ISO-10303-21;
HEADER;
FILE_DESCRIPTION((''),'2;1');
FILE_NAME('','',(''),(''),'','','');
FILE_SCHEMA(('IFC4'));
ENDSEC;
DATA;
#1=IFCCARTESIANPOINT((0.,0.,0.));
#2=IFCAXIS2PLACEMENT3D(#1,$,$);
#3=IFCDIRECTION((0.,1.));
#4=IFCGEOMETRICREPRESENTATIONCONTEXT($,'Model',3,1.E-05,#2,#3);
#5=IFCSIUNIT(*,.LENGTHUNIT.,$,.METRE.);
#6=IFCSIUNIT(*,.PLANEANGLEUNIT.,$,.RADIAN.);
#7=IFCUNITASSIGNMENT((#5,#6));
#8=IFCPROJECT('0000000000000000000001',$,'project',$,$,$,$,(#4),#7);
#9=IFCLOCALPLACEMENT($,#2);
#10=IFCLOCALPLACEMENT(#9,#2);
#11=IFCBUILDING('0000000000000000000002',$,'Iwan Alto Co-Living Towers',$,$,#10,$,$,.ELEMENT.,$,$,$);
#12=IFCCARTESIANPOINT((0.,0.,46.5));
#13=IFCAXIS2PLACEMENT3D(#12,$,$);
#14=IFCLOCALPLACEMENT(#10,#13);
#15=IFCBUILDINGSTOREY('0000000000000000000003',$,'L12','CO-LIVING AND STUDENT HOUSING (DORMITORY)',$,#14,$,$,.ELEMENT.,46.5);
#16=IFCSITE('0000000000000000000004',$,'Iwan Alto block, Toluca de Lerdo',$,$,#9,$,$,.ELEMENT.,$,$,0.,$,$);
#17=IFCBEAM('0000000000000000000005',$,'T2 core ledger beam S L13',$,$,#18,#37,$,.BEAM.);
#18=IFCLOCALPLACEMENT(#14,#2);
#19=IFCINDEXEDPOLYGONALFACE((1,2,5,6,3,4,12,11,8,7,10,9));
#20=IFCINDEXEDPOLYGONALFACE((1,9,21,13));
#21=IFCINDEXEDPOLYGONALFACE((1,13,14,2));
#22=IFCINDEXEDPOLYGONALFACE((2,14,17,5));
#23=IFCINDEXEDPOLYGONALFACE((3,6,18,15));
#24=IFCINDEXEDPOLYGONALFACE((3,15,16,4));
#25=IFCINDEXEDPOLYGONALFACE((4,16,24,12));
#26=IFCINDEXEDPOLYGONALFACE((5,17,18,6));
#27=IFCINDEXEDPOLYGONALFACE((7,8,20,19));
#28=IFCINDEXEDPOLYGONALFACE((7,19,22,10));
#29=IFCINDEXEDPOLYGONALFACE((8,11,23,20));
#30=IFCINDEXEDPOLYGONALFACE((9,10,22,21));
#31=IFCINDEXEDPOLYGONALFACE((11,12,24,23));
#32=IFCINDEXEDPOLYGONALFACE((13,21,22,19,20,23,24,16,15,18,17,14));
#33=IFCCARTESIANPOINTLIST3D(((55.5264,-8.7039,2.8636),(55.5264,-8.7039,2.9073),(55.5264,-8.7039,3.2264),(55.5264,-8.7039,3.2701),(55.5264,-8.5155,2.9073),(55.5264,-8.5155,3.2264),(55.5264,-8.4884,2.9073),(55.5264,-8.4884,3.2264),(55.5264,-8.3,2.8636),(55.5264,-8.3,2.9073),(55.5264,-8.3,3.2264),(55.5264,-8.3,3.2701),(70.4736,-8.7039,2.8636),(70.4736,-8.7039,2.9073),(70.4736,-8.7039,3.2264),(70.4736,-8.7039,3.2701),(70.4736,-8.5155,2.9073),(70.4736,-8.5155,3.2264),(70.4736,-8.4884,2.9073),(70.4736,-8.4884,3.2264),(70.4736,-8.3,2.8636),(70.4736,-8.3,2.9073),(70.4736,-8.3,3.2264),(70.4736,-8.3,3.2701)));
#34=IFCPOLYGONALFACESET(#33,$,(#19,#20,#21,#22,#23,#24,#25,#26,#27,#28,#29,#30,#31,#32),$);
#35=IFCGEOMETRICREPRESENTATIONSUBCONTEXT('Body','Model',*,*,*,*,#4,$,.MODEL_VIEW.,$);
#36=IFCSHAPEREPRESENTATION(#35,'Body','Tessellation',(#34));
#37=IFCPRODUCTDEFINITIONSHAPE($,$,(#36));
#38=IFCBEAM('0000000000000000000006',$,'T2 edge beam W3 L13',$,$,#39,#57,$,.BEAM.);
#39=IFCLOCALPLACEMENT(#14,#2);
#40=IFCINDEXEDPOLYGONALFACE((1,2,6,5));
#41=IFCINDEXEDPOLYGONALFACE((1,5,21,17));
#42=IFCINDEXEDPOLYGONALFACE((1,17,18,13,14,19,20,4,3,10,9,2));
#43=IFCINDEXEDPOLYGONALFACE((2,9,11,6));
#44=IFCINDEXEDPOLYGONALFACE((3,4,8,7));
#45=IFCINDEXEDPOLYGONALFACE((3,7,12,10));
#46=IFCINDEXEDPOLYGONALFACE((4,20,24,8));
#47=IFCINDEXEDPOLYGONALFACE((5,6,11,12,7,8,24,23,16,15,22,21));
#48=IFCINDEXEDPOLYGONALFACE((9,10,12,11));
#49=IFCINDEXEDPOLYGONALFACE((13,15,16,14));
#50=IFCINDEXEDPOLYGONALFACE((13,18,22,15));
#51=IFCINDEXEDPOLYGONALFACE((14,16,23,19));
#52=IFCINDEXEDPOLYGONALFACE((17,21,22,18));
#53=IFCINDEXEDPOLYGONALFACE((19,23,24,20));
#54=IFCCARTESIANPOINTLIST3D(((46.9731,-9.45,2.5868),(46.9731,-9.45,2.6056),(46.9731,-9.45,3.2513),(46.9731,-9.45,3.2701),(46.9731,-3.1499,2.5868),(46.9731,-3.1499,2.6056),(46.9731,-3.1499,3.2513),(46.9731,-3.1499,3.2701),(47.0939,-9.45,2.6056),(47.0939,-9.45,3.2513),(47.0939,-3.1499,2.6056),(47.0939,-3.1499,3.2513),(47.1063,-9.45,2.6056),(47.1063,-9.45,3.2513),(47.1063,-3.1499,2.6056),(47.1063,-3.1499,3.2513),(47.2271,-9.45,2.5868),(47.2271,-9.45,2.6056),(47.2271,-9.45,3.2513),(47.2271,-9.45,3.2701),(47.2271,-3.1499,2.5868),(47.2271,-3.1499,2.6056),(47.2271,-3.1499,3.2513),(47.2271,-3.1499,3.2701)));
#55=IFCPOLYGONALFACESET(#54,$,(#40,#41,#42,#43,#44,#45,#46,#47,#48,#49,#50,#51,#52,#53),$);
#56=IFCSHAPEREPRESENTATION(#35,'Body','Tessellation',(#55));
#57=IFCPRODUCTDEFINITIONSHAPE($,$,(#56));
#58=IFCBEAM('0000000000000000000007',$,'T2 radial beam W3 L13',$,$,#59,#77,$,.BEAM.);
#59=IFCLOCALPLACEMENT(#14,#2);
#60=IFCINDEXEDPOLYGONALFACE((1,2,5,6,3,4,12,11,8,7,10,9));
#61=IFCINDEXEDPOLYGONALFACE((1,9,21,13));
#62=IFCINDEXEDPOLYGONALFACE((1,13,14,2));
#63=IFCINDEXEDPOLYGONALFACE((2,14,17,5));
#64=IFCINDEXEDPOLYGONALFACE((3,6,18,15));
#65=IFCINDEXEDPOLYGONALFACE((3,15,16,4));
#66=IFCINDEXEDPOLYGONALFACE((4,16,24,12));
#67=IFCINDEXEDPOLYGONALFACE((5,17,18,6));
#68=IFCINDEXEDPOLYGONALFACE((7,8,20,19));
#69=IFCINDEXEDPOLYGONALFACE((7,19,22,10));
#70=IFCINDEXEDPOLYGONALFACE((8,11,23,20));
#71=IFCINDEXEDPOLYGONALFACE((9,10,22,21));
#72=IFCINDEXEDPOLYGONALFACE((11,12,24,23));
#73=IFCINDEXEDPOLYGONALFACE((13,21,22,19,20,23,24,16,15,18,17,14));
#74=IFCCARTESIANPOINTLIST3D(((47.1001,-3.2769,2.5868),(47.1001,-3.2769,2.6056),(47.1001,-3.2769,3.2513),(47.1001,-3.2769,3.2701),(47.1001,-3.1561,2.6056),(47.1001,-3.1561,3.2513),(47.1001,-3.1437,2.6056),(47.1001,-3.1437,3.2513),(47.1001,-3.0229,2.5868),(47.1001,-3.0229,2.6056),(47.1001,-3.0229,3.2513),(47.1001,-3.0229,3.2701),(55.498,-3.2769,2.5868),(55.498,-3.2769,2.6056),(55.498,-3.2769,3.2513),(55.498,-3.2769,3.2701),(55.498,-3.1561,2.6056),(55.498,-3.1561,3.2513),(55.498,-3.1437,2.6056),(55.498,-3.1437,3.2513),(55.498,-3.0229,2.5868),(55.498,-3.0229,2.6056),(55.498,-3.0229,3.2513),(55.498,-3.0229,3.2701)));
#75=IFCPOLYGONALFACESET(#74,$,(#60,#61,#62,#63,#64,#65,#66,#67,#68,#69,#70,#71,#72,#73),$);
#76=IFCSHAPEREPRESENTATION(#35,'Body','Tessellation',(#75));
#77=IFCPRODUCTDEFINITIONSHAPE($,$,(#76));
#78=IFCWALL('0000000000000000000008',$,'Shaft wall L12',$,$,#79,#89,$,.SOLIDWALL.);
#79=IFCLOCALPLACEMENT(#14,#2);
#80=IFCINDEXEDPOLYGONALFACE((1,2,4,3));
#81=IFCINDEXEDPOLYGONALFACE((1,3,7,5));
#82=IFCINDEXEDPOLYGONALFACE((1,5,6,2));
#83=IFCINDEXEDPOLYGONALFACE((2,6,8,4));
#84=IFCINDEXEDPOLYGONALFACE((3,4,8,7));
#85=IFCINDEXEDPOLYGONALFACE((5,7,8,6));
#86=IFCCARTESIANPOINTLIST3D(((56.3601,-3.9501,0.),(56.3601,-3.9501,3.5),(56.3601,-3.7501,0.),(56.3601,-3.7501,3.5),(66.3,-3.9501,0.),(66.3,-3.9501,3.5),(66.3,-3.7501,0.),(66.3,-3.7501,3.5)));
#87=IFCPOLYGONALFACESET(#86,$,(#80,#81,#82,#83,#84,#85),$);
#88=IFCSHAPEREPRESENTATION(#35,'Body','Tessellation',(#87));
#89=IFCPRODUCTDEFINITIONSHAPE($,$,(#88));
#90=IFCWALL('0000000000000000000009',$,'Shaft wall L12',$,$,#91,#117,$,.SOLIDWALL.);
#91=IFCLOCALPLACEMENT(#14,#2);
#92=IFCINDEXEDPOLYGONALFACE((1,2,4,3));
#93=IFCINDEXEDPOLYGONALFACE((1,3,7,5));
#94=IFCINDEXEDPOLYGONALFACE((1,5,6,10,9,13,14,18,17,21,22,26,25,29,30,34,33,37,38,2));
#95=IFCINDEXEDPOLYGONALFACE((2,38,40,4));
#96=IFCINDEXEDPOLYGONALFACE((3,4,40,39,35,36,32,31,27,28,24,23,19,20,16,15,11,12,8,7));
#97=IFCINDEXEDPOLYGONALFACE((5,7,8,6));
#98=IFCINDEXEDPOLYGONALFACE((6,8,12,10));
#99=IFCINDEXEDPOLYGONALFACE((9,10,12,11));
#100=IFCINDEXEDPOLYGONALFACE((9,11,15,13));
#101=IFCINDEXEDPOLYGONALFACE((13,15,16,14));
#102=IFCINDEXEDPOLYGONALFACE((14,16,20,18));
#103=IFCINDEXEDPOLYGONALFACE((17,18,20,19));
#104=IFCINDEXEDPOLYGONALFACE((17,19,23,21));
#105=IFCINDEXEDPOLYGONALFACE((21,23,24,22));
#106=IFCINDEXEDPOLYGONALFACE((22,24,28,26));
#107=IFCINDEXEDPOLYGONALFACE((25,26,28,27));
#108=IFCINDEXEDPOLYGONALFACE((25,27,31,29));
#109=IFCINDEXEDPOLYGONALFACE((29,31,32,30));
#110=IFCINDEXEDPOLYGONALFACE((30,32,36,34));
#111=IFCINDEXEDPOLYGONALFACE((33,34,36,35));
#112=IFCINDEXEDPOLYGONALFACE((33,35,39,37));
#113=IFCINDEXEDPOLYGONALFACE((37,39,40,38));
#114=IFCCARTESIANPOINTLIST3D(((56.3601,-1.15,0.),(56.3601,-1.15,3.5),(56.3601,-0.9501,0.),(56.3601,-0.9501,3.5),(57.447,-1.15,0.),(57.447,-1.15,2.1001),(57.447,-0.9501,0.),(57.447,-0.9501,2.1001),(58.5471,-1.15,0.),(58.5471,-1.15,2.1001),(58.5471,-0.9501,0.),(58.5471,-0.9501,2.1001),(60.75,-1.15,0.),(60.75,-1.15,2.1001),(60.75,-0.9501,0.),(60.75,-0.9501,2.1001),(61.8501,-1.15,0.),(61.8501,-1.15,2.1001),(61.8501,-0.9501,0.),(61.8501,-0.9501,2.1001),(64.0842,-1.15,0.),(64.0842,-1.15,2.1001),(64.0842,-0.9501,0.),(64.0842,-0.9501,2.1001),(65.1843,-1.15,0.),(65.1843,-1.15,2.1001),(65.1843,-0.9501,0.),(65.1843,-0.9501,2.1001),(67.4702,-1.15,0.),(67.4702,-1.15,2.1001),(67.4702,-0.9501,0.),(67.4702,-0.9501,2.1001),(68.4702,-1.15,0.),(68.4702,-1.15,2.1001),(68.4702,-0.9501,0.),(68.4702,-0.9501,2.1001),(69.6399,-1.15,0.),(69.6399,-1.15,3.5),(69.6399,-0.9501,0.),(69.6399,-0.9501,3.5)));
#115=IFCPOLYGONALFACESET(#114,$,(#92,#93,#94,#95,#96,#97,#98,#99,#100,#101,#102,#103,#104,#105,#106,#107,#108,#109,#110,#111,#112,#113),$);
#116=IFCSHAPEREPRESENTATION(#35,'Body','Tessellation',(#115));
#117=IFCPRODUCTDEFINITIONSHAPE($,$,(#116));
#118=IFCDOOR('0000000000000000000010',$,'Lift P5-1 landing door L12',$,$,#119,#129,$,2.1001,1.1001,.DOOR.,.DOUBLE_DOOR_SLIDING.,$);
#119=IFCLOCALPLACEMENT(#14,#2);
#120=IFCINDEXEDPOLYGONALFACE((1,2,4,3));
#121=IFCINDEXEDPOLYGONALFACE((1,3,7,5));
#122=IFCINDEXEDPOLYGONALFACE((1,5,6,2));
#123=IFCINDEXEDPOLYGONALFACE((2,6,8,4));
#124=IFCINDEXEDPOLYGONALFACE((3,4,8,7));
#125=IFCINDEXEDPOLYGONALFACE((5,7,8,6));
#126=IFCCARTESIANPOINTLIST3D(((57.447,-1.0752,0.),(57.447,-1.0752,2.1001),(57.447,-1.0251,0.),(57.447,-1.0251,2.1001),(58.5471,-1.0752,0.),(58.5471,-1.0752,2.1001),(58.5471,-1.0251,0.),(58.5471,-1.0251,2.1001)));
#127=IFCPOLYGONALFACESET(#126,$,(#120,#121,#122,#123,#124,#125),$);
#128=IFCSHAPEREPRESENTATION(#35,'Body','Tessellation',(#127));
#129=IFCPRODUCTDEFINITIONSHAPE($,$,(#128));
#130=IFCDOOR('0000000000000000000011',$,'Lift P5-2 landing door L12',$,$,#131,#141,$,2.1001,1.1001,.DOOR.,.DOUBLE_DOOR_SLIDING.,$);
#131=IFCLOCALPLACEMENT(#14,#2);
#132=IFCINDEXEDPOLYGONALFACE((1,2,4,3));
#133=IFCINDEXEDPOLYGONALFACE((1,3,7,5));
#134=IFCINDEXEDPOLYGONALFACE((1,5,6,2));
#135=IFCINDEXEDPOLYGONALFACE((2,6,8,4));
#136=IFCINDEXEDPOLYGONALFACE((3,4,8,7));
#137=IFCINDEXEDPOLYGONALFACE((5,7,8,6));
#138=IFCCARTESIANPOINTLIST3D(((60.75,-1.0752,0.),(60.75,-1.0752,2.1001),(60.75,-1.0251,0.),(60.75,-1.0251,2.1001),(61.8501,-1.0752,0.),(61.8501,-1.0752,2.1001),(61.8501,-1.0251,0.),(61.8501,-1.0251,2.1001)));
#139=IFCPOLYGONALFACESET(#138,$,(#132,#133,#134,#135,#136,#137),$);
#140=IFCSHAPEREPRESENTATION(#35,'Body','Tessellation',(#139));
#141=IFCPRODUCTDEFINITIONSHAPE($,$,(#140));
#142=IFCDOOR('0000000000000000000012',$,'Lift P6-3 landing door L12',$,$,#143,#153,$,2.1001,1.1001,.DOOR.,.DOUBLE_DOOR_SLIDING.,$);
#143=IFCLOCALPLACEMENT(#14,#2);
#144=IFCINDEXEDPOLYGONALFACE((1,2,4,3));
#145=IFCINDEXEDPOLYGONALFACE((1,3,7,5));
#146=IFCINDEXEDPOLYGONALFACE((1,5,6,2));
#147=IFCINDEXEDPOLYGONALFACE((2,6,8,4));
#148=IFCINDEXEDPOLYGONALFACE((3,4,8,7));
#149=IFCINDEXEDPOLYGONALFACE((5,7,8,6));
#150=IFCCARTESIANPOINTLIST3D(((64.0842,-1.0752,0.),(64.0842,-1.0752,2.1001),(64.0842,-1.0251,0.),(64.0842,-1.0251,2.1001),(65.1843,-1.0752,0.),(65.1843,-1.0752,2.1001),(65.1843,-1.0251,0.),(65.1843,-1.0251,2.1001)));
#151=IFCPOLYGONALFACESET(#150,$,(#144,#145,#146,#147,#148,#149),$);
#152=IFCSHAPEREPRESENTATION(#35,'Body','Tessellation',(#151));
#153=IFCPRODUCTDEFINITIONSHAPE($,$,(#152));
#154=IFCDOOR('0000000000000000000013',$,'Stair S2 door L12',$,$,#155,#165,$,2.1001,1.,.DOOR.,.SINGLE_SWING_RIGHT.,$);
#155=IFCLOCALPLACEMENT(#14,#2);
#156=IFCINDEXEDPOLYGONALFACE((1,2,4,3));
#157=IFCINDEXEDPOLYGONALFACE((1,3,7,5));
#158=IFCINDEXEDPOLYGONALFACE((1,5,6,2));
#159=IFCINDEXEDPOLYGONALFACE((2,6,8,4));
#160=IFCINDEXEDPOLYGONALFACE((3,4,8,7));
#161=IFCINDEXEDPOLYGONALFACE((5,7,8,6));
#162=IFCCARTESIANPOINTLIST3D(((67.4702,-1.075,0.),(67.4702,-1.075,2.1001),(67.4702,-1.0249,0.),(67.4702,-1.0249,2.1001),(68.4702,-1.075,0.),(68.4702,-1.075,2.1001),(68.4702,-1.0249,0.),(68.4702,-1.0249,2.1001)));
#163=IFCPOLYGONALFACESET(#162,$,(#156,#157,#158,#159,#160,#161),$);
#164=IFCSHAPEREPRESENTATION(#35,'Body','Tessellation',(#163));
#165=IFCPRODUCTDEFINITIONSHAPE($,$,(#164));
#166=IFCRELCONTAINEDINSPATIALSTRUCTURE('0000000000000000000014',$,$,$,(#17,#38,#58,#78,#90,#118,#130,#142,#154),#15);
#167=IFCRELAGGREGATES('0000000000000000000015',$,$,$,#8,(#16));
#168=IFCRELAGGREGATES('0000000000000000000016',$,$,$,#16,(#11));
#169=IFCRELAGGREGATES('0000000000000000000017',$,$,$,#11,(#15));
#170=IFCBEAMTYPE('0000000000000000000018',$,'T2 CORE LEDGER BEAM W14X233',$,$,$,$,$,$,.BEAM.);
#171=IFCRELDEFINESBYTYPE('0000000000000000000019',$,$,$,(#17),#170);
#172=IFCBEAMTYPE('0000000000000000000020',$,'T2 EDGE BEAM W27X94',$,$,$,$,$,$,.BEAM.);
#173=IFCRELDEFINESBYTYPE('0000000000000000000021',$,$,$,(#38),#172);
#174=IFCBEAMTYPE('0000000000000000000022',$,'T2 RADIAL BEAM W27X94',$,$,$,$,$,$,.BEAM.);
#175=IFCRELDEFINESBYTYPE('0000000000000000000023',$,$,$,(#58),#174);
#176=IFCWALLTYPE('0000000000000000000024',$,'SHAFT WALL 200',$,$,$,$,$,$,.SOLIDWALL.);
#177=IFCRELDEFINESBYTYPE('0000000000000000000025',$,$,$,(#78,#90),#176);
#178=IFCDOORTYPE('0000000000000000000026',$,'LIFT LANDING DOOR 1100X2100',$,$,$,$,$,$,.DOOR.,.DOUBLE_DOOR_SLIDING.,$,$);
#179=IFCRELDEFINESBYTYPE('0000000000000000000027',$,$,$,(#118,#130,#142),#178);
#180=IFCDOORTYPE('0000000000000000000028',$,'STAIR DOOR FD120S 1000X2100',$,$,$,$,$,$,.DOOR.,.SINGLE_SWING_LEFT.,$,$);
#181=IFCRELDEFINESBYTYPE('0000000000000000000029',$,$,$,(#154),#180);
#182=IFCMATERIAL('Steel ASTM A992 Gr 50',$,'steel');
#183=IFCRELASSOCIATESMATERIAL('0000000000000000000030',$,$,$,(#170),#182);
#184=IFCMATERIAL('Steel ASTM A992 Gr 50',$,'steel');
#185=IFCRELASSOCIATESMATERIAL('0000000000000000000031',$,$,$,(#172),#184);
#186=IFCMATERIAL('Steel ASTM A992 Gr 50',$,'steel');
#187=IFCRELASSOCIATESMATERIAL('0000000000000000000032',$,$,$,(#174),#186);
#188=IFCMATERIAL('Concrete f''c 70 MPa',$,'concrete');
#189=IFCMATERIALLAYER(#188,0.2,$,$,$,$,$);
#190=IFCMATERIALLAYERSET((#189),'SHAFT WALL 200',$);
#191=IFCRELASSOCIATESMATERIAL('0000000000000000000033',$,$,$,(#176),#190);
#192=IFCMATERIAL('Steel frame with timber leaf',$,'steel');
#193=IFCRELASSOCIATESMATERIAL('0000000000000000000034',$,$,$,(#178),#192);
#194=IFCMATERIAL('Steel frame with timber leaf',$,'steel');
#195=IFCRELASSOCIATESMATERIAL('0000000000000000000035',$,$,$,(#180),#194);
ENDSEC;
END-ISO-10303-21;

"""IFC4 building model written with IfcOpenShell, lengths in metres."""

from ifc_helpers import new_model, si_unit, direction, frame, frame_2d, origin, origin_2d, place, context, subcontext, project, spatial, rectangle, i_section, extrude, material, layer, layer_set, material_profile, profile_set, type_object, element, fill, save


model = new_model("IFC4")

# Units and contexts
model_context = context("Model", 3, precision=1e-05, world=origin(), true_north=direction((0.0, 1.0)))
body_context = subcontext(model_context, "Body", "Model", "MODEL_VIEW")
ifc_project = project(units=[si_unit("LENGTHUNIT", "METRE"), si_unit("PLANEANGLEUNIT", "RADIAN")], contexts=[model_context])

# Site, building, storey
site_placement = place(None, origin())
site = spatial("IfcSite", under=ifc_project, at=site_placement, Name="Iwan Alto block, Toluca de Lerdo", CompositionType="ELEMENT", RefElevation=0.0)
building_placement = place(site_placement, origin())
building = spatial("IfcBuilding", under=site, at=building_placement, Name="Iwan Alto Co-Living Towers", CompositionType="ELEMENT")
storey_placement = place(building_placement, frame((0.0, 0.0, 46.5)))
storey = spatial("IfcBuildingStorey", under=building, at=storey_placement, Name="L12", Description="CO-LIVING AND STUDENT HOUSING (DORMITORY)", CompositionType="ELEMENT", Elevation=46.5)

# Beams
ifc_material_1 = material(Name="Steel ASTM A992 Gr 50", Category="steel")
ifc_material_profile_1 = material_profile(ifc_material_1, i_section(OverallWidth=0.4038, OverallDepth=0.4065, WebThickness=0.0271, FlangeThickness=0.0437, at=origin_2d()), Name="W14X233")
ifc_profile_set_1 = profile_set([ifc_material_profile_1], Name="Steel ASTM A992 Gr 50")
beam_type_1 = type_object("IfcBeamType", Name="T2 CORE LEDGER BEAM W14X233", PredefinedType="BEAM", material=ifc_profile_set_1)
beam_1_placement = place(storey_placement, frame((55.5264, -8.502, 3.0669), z_axis=(1.0, 0.0, 0.0), x_axis=(0.0, 1.0, 0.0)))
element("IfcBeam", 1, at=beam_1_placement, inside=storey, type_object=beam_type_1, Name="T2 core ledger beam S L13", PredefinedType="BEAM", context=body_context, shape_type="SweptSolid", body=[
    extrude(i_section(OverallWidth=0.4038, OverallDepth=0.4065, WebThickness=0.0271, FlangeThickness=0.0437, at=origin_2d()), origin(), (0.0, 0.0, 1.0), 14.9473),
])
ifc_material_2 = material(Name="Steel ASTM A992 Gr 50", Category="steel")
ifc_material_profile_2 = material_profile(ifc_material_2, i_section(OverallWidth=0.2539, OverallDepth=0.6833, WebThickness=0.0125, FlangeThickness=0.0188, at=origin_2d()), Name="W27X94")
ifc_profile_set_2 = profile_set([ifc_material_profile_2], Name="Steel ASTM A992 Gr 50")
beam_type_2 = type_object("IfcBeamType", Name="T2 EDGE BEAM W27X94", PredefinedType="BEAM", material=ifc_profile_set_2)
beam_2_placement = place(storey_placement, frame((47.1001, -3.1499, 2.9285), z_axis=(0.0, -1.0, 0.0), x_axis=(1.0, 0.0, 0.0)))
element("IfcBeam", 2, at=beam_2_placement, inside=storey, type_object=beam_type_2, Name="T2 edge beam W3 L13", PredefinedType="BEAM", context=body_context, shape_type="SweptSolid", body=[
    extrude(i_section(OverallWidth=0.2539, OverallDepth=0.6833, WebThickness=0.0125, FlangeThickness=0.0188, at=origin_2d()), origin(), (0.0, 0.0, 1.0), 6.3),
])
ifc_material_3 = material(Name="Steel ASTM A992 Gr 50", Category="steel")
ifc_material_profile_3 = material_profile(ifc_material_3, i_section(OverallWidth=0.2539, OverallDepth=0.6833, WebThickness=0.0125, FlangeThickness=0.0188, at=origin_2d()), Name="W27X94")
ifc_profile_set_3 = profile_set([ifc_material_profile_3], Name="Steel ASTM A992 Gr 50")
beam_type_3 = type_object("IfcBeamType", Name="T2 RADIAL BEAM W27X94", PredefinedType="BEAM", material=ifc_profile_set_3)
beam_3_placement = place(storey_placement, frame((47.1001, -3.1499, 2.9285), z_axis=(1.0, 0.0, 0.0), x_axis=(0.0, 1.0, 0.0)))
element("IfcBeam", 3, at=beam_3_placement, inside=storey, type_object=beam_type_3, Name="T2 radial beam W3 L13", PredefinedType="BEAM", context=body_context, shape_type="SweptSolid", body=[
    extrude(i_section(OverallWidth=0.2539, OverallDepth=0.6833, WebThickness=0.0125, FlangeThickness=0.0188, at=origin_2d()), origin(), (0.0, 0.0, 1.0), 8.3979),
])

# Wall
ifc_material_4 = material(Name="Concrete f'c 70 MPa", Category="concrete")
ifc_layer_1 = layer(ifc_material_4, 0.2)
ifc_layer_set_1 = layer_set([ifc_layer_1], Name="SHAFT WALL 200")
wall_type_1 = type_object("IfcWallType", Name="SHAFT WALL 200", PredefinedType="SOLIDWALL", material=ifc_layer_set_1)
wall_1_placement = place(storey_placement, frame((56.3601, -3.8501, 0.0), z_axis=(0.0, 0.0, 1.0), x_axis=(1.0, 0.0, 0.0)))
element("IfcWall", 4, at=wall_1_placement, inside=storey, type_object=wall_type_1, Name="Shaft wall L12", PredefinedType="SOLIDWALL", context=body_context, shape_type="SweptSolid", body=[
    extrude(rectangle(XDim=9.9399, YDim=0.2, at=frame_2d((4.97, 0.0))), origin(), (0.0, 0.0, 1.0), 3.5),
])

# Wall, openings, doors
wall_2_placement = place(storey_placement, frame((56.3601, -1.05, 0.0), z_axis=(0.0, 0.0, 1.0), x_axis=(1.0, 0.0, 0.0)))
wall_2 = element("IfcWall", 5, at=wall_2_placement, inside=storey, type_object=wall_type_1, Name="Shaft wall L12", PredefinedType="SOLIDWALL", context=body_context, shape_type="SweptSolid", body=[
    extrude(rectangle(XDim=13.2798, YDim=0.2, at=frame_2d((6.6399, 0.0))), origin(), (0.0, 0.0, 1.0), 3.5),
])
opening_1_placement = place(wall_2_placement, frame((11.1101, 0.0, 0.0)))
opening_1 = element("IfcOpeningElement", 6, at=opening_1_placement, cuts=wall_2, PredefinedType="OPENING", context=body_context, shape_type="SweptSolid", body=[
    extrude(rectangle(XDim=1.0, YDim=2.1001, at=frame_2d((0.5, 1.05))), frame((0.0, 0.1099, 0.0), z_axis=(0.0, -1.0, 0.0), x_axis=(1.0, 0.0, 0.0)), (0.0, 0.0, 1.0), 0.22),
])
opening_2_placement = place(wall_2_placement, frame((1.0869, 0.0, 0.0)))
opening_2 = element("IfcOpeningElement", 7, at=opening_2_placement, cuts=wall_2, PredefinedType="OPENING", context=body_context, shape_type="SweptSolid", body=[
    extrude(rectangle(XDim=1.1001, YDim=2.1001, at=frame_2d((0.55, 1.05))), frame((0.0, 0.1099, 0.0), z_axis=(0.0, -1.0, 0.0), x_axis=(1.0, 0.0, 0.0)), (0.0, 0.0, 1.0), 0.22),
])
opening_3_placement = place(wall_2_placement, frame((4.3899, 0.0, 0.0)))
opening_3 = element("IfcOpeningElement", 8, at=opening_3_placement, cuts=wall_2, PredefinedType="OPENING", context=body_context, shape_type="SweptSolid", body=[
    extrude(rectangle(XDim=1.1001, YDim=2.1001, at=frame_2d((0.55, 1.05))), frame((0.0, 0.1099, 0.0), z_axis=(0.0, -1.0, 0.0), x_axis=(1.0, 0.0, 0.0)), (0.0, 0.0, 1.0), 0.22),
])
opening_4_placement = place(wall_2_placement, frame((7.7241, 0.0, 0.0)))
opening_4 = element("IfcOpeningElement", 9, at=opening_4_placement, cuts=wall_2, PredefinedType="OPENING", context=body_context, shape_type="SweptSolid", body=[
    extrude(rectangle(XDim=1.1001, YDim=2.1001, at=frame_2d((0.55, 1.05))), frame((0.0, 0.1099, 0.0), z_axis=(0.0, -1.0, 0.0), x_axis=(1.0, 0.0, 0.0)), (0.0, 0.0, 1.0), 0.22),
])
ifc_material_5 = material(Name="Steel frame with timber leaf", Category="steel")
door_type_1 = type_object("IfcDoorType", Name="LIFT LANDING DOOR 1100X2100", OperationType="DOUBLE_DOOR_SLIDING", PredefinedType="DOOR", material=ifc_material_5)
door_1_placement = place(opening_2_placement, origin())
door_1 = element("IfcDoor", 10, at=door_1_placement, inside=storey, type_object=door_type_1, Name="Lift P5-1 landing door L12", OperationType="DOUBLE_DOOR_SLIDING", OverallHeight=2.1001, OverallWidth=1.1001, PredefinedType="DOOR", context=body_context, shape_type="SweptSolid", body=[
    extrude(rectangle(XDim=1.1001, YDim=2.1001, at=frame_2d((0.55, 1.05))), frame((0.0, 0.0249, 0.0), z_axis=(0.0, -1.0, 0.0), x_axis=(1.0, 0.0, 0.0)), (0.0, 0.0, 1.0), 0.05),
])
fill(opening_2, door_1)
door_2_placement = place(opening_3_placement, origin())
door_2 = element("IfcDoor", 11, at=door_2_placement, inside=storey, type_object=door_type_1, Name="Lift P5-2 landing door L12", OperationType="DOUBLE_DOOR_SLIDING", OverallHeight=2.1001, OverallWidth=1.1001, PredefinedType="DOOR", context=body_context, shape_type="SweptSolid", body=[
    extrude(rectangle(XDim=1.1001, YDim=2.1001, at=frame_2d((0.55, 1.05))), frame((0.0, 0.0249, 0.0), z_axis=(0.0, -1.0, 0.0), x_axis=(1.0, 0.0, 0.0)), (0.0, 0.0, 1.0), 0.05),
])
fill(opening_3, door_2)
door_3_placement = place(opening_4_placement, origin())
door_3 = element("IfcDoor", 12, at=door_3_placement, inside=storey, type_object=door_type_1, Name="Lift P6-3 landing door L12", OperationType="DOUBLE_DOOR_SLIDING", OverallHeight=2.1001, OverallWidth=1.1001, PredefinedType="DOOR", context=body_context, shape_type="SweptSolid", body=[
    extrude(rectangle(XDim=1.1001, YDim=2.1001, at=frame_2d((0.55, 1.05))), frame((0.0, 0.0249, 0.0), z_axis=(0.0, -1.0, 0.0), x_axis=(1.0, 0.0, 0.0)), (0.0, 0.0, 1.0), 0.05),
])
fill(opening_4, door_3)
ifc_material_6 = material(Name="Steel frame with timber leaf", Category="steel")
door_type_2 = type_object("IfcDoorType", Name="STAIR DOOR FD120S 1000X2100", OperationType="SINGLE_SWING_LEFT", PredefinedType="DOOR", material=ifc_material_6)
door_4_placement = place(opening_1_placement, frame((1.0, 0.0, 0.0), z_axis=(0.0, 0.0, 1.0), x_axis=(-1.0, 0.0, 0.0)))
door_4 = element("IfcDoor", 13, at=door_4_placement, inside=storey, type_object=door_type_2, Name="Stair S2 door L12", OperationType="SINGLE_SWING_RIGHT", OverallHeight=2.1001, OverallWidth=1.0, PredefinedType="DOOR", context=body_context, shape_type="SweptSolid", body=[
    extrude(rectangle(XDim=1.0, YDim=2.1001, at=frame_2d((0.5, 1.05))), frame((0.0, 0.0249, 0.0), z_axis=(0.0, -1.0, 0.0), x_axis=(1.0, 0.0, 0.0)), (0.0, 0.0, 1.0), 0.05),
])
fill(opening_1, door_4)

save(model, "model.ifc")
